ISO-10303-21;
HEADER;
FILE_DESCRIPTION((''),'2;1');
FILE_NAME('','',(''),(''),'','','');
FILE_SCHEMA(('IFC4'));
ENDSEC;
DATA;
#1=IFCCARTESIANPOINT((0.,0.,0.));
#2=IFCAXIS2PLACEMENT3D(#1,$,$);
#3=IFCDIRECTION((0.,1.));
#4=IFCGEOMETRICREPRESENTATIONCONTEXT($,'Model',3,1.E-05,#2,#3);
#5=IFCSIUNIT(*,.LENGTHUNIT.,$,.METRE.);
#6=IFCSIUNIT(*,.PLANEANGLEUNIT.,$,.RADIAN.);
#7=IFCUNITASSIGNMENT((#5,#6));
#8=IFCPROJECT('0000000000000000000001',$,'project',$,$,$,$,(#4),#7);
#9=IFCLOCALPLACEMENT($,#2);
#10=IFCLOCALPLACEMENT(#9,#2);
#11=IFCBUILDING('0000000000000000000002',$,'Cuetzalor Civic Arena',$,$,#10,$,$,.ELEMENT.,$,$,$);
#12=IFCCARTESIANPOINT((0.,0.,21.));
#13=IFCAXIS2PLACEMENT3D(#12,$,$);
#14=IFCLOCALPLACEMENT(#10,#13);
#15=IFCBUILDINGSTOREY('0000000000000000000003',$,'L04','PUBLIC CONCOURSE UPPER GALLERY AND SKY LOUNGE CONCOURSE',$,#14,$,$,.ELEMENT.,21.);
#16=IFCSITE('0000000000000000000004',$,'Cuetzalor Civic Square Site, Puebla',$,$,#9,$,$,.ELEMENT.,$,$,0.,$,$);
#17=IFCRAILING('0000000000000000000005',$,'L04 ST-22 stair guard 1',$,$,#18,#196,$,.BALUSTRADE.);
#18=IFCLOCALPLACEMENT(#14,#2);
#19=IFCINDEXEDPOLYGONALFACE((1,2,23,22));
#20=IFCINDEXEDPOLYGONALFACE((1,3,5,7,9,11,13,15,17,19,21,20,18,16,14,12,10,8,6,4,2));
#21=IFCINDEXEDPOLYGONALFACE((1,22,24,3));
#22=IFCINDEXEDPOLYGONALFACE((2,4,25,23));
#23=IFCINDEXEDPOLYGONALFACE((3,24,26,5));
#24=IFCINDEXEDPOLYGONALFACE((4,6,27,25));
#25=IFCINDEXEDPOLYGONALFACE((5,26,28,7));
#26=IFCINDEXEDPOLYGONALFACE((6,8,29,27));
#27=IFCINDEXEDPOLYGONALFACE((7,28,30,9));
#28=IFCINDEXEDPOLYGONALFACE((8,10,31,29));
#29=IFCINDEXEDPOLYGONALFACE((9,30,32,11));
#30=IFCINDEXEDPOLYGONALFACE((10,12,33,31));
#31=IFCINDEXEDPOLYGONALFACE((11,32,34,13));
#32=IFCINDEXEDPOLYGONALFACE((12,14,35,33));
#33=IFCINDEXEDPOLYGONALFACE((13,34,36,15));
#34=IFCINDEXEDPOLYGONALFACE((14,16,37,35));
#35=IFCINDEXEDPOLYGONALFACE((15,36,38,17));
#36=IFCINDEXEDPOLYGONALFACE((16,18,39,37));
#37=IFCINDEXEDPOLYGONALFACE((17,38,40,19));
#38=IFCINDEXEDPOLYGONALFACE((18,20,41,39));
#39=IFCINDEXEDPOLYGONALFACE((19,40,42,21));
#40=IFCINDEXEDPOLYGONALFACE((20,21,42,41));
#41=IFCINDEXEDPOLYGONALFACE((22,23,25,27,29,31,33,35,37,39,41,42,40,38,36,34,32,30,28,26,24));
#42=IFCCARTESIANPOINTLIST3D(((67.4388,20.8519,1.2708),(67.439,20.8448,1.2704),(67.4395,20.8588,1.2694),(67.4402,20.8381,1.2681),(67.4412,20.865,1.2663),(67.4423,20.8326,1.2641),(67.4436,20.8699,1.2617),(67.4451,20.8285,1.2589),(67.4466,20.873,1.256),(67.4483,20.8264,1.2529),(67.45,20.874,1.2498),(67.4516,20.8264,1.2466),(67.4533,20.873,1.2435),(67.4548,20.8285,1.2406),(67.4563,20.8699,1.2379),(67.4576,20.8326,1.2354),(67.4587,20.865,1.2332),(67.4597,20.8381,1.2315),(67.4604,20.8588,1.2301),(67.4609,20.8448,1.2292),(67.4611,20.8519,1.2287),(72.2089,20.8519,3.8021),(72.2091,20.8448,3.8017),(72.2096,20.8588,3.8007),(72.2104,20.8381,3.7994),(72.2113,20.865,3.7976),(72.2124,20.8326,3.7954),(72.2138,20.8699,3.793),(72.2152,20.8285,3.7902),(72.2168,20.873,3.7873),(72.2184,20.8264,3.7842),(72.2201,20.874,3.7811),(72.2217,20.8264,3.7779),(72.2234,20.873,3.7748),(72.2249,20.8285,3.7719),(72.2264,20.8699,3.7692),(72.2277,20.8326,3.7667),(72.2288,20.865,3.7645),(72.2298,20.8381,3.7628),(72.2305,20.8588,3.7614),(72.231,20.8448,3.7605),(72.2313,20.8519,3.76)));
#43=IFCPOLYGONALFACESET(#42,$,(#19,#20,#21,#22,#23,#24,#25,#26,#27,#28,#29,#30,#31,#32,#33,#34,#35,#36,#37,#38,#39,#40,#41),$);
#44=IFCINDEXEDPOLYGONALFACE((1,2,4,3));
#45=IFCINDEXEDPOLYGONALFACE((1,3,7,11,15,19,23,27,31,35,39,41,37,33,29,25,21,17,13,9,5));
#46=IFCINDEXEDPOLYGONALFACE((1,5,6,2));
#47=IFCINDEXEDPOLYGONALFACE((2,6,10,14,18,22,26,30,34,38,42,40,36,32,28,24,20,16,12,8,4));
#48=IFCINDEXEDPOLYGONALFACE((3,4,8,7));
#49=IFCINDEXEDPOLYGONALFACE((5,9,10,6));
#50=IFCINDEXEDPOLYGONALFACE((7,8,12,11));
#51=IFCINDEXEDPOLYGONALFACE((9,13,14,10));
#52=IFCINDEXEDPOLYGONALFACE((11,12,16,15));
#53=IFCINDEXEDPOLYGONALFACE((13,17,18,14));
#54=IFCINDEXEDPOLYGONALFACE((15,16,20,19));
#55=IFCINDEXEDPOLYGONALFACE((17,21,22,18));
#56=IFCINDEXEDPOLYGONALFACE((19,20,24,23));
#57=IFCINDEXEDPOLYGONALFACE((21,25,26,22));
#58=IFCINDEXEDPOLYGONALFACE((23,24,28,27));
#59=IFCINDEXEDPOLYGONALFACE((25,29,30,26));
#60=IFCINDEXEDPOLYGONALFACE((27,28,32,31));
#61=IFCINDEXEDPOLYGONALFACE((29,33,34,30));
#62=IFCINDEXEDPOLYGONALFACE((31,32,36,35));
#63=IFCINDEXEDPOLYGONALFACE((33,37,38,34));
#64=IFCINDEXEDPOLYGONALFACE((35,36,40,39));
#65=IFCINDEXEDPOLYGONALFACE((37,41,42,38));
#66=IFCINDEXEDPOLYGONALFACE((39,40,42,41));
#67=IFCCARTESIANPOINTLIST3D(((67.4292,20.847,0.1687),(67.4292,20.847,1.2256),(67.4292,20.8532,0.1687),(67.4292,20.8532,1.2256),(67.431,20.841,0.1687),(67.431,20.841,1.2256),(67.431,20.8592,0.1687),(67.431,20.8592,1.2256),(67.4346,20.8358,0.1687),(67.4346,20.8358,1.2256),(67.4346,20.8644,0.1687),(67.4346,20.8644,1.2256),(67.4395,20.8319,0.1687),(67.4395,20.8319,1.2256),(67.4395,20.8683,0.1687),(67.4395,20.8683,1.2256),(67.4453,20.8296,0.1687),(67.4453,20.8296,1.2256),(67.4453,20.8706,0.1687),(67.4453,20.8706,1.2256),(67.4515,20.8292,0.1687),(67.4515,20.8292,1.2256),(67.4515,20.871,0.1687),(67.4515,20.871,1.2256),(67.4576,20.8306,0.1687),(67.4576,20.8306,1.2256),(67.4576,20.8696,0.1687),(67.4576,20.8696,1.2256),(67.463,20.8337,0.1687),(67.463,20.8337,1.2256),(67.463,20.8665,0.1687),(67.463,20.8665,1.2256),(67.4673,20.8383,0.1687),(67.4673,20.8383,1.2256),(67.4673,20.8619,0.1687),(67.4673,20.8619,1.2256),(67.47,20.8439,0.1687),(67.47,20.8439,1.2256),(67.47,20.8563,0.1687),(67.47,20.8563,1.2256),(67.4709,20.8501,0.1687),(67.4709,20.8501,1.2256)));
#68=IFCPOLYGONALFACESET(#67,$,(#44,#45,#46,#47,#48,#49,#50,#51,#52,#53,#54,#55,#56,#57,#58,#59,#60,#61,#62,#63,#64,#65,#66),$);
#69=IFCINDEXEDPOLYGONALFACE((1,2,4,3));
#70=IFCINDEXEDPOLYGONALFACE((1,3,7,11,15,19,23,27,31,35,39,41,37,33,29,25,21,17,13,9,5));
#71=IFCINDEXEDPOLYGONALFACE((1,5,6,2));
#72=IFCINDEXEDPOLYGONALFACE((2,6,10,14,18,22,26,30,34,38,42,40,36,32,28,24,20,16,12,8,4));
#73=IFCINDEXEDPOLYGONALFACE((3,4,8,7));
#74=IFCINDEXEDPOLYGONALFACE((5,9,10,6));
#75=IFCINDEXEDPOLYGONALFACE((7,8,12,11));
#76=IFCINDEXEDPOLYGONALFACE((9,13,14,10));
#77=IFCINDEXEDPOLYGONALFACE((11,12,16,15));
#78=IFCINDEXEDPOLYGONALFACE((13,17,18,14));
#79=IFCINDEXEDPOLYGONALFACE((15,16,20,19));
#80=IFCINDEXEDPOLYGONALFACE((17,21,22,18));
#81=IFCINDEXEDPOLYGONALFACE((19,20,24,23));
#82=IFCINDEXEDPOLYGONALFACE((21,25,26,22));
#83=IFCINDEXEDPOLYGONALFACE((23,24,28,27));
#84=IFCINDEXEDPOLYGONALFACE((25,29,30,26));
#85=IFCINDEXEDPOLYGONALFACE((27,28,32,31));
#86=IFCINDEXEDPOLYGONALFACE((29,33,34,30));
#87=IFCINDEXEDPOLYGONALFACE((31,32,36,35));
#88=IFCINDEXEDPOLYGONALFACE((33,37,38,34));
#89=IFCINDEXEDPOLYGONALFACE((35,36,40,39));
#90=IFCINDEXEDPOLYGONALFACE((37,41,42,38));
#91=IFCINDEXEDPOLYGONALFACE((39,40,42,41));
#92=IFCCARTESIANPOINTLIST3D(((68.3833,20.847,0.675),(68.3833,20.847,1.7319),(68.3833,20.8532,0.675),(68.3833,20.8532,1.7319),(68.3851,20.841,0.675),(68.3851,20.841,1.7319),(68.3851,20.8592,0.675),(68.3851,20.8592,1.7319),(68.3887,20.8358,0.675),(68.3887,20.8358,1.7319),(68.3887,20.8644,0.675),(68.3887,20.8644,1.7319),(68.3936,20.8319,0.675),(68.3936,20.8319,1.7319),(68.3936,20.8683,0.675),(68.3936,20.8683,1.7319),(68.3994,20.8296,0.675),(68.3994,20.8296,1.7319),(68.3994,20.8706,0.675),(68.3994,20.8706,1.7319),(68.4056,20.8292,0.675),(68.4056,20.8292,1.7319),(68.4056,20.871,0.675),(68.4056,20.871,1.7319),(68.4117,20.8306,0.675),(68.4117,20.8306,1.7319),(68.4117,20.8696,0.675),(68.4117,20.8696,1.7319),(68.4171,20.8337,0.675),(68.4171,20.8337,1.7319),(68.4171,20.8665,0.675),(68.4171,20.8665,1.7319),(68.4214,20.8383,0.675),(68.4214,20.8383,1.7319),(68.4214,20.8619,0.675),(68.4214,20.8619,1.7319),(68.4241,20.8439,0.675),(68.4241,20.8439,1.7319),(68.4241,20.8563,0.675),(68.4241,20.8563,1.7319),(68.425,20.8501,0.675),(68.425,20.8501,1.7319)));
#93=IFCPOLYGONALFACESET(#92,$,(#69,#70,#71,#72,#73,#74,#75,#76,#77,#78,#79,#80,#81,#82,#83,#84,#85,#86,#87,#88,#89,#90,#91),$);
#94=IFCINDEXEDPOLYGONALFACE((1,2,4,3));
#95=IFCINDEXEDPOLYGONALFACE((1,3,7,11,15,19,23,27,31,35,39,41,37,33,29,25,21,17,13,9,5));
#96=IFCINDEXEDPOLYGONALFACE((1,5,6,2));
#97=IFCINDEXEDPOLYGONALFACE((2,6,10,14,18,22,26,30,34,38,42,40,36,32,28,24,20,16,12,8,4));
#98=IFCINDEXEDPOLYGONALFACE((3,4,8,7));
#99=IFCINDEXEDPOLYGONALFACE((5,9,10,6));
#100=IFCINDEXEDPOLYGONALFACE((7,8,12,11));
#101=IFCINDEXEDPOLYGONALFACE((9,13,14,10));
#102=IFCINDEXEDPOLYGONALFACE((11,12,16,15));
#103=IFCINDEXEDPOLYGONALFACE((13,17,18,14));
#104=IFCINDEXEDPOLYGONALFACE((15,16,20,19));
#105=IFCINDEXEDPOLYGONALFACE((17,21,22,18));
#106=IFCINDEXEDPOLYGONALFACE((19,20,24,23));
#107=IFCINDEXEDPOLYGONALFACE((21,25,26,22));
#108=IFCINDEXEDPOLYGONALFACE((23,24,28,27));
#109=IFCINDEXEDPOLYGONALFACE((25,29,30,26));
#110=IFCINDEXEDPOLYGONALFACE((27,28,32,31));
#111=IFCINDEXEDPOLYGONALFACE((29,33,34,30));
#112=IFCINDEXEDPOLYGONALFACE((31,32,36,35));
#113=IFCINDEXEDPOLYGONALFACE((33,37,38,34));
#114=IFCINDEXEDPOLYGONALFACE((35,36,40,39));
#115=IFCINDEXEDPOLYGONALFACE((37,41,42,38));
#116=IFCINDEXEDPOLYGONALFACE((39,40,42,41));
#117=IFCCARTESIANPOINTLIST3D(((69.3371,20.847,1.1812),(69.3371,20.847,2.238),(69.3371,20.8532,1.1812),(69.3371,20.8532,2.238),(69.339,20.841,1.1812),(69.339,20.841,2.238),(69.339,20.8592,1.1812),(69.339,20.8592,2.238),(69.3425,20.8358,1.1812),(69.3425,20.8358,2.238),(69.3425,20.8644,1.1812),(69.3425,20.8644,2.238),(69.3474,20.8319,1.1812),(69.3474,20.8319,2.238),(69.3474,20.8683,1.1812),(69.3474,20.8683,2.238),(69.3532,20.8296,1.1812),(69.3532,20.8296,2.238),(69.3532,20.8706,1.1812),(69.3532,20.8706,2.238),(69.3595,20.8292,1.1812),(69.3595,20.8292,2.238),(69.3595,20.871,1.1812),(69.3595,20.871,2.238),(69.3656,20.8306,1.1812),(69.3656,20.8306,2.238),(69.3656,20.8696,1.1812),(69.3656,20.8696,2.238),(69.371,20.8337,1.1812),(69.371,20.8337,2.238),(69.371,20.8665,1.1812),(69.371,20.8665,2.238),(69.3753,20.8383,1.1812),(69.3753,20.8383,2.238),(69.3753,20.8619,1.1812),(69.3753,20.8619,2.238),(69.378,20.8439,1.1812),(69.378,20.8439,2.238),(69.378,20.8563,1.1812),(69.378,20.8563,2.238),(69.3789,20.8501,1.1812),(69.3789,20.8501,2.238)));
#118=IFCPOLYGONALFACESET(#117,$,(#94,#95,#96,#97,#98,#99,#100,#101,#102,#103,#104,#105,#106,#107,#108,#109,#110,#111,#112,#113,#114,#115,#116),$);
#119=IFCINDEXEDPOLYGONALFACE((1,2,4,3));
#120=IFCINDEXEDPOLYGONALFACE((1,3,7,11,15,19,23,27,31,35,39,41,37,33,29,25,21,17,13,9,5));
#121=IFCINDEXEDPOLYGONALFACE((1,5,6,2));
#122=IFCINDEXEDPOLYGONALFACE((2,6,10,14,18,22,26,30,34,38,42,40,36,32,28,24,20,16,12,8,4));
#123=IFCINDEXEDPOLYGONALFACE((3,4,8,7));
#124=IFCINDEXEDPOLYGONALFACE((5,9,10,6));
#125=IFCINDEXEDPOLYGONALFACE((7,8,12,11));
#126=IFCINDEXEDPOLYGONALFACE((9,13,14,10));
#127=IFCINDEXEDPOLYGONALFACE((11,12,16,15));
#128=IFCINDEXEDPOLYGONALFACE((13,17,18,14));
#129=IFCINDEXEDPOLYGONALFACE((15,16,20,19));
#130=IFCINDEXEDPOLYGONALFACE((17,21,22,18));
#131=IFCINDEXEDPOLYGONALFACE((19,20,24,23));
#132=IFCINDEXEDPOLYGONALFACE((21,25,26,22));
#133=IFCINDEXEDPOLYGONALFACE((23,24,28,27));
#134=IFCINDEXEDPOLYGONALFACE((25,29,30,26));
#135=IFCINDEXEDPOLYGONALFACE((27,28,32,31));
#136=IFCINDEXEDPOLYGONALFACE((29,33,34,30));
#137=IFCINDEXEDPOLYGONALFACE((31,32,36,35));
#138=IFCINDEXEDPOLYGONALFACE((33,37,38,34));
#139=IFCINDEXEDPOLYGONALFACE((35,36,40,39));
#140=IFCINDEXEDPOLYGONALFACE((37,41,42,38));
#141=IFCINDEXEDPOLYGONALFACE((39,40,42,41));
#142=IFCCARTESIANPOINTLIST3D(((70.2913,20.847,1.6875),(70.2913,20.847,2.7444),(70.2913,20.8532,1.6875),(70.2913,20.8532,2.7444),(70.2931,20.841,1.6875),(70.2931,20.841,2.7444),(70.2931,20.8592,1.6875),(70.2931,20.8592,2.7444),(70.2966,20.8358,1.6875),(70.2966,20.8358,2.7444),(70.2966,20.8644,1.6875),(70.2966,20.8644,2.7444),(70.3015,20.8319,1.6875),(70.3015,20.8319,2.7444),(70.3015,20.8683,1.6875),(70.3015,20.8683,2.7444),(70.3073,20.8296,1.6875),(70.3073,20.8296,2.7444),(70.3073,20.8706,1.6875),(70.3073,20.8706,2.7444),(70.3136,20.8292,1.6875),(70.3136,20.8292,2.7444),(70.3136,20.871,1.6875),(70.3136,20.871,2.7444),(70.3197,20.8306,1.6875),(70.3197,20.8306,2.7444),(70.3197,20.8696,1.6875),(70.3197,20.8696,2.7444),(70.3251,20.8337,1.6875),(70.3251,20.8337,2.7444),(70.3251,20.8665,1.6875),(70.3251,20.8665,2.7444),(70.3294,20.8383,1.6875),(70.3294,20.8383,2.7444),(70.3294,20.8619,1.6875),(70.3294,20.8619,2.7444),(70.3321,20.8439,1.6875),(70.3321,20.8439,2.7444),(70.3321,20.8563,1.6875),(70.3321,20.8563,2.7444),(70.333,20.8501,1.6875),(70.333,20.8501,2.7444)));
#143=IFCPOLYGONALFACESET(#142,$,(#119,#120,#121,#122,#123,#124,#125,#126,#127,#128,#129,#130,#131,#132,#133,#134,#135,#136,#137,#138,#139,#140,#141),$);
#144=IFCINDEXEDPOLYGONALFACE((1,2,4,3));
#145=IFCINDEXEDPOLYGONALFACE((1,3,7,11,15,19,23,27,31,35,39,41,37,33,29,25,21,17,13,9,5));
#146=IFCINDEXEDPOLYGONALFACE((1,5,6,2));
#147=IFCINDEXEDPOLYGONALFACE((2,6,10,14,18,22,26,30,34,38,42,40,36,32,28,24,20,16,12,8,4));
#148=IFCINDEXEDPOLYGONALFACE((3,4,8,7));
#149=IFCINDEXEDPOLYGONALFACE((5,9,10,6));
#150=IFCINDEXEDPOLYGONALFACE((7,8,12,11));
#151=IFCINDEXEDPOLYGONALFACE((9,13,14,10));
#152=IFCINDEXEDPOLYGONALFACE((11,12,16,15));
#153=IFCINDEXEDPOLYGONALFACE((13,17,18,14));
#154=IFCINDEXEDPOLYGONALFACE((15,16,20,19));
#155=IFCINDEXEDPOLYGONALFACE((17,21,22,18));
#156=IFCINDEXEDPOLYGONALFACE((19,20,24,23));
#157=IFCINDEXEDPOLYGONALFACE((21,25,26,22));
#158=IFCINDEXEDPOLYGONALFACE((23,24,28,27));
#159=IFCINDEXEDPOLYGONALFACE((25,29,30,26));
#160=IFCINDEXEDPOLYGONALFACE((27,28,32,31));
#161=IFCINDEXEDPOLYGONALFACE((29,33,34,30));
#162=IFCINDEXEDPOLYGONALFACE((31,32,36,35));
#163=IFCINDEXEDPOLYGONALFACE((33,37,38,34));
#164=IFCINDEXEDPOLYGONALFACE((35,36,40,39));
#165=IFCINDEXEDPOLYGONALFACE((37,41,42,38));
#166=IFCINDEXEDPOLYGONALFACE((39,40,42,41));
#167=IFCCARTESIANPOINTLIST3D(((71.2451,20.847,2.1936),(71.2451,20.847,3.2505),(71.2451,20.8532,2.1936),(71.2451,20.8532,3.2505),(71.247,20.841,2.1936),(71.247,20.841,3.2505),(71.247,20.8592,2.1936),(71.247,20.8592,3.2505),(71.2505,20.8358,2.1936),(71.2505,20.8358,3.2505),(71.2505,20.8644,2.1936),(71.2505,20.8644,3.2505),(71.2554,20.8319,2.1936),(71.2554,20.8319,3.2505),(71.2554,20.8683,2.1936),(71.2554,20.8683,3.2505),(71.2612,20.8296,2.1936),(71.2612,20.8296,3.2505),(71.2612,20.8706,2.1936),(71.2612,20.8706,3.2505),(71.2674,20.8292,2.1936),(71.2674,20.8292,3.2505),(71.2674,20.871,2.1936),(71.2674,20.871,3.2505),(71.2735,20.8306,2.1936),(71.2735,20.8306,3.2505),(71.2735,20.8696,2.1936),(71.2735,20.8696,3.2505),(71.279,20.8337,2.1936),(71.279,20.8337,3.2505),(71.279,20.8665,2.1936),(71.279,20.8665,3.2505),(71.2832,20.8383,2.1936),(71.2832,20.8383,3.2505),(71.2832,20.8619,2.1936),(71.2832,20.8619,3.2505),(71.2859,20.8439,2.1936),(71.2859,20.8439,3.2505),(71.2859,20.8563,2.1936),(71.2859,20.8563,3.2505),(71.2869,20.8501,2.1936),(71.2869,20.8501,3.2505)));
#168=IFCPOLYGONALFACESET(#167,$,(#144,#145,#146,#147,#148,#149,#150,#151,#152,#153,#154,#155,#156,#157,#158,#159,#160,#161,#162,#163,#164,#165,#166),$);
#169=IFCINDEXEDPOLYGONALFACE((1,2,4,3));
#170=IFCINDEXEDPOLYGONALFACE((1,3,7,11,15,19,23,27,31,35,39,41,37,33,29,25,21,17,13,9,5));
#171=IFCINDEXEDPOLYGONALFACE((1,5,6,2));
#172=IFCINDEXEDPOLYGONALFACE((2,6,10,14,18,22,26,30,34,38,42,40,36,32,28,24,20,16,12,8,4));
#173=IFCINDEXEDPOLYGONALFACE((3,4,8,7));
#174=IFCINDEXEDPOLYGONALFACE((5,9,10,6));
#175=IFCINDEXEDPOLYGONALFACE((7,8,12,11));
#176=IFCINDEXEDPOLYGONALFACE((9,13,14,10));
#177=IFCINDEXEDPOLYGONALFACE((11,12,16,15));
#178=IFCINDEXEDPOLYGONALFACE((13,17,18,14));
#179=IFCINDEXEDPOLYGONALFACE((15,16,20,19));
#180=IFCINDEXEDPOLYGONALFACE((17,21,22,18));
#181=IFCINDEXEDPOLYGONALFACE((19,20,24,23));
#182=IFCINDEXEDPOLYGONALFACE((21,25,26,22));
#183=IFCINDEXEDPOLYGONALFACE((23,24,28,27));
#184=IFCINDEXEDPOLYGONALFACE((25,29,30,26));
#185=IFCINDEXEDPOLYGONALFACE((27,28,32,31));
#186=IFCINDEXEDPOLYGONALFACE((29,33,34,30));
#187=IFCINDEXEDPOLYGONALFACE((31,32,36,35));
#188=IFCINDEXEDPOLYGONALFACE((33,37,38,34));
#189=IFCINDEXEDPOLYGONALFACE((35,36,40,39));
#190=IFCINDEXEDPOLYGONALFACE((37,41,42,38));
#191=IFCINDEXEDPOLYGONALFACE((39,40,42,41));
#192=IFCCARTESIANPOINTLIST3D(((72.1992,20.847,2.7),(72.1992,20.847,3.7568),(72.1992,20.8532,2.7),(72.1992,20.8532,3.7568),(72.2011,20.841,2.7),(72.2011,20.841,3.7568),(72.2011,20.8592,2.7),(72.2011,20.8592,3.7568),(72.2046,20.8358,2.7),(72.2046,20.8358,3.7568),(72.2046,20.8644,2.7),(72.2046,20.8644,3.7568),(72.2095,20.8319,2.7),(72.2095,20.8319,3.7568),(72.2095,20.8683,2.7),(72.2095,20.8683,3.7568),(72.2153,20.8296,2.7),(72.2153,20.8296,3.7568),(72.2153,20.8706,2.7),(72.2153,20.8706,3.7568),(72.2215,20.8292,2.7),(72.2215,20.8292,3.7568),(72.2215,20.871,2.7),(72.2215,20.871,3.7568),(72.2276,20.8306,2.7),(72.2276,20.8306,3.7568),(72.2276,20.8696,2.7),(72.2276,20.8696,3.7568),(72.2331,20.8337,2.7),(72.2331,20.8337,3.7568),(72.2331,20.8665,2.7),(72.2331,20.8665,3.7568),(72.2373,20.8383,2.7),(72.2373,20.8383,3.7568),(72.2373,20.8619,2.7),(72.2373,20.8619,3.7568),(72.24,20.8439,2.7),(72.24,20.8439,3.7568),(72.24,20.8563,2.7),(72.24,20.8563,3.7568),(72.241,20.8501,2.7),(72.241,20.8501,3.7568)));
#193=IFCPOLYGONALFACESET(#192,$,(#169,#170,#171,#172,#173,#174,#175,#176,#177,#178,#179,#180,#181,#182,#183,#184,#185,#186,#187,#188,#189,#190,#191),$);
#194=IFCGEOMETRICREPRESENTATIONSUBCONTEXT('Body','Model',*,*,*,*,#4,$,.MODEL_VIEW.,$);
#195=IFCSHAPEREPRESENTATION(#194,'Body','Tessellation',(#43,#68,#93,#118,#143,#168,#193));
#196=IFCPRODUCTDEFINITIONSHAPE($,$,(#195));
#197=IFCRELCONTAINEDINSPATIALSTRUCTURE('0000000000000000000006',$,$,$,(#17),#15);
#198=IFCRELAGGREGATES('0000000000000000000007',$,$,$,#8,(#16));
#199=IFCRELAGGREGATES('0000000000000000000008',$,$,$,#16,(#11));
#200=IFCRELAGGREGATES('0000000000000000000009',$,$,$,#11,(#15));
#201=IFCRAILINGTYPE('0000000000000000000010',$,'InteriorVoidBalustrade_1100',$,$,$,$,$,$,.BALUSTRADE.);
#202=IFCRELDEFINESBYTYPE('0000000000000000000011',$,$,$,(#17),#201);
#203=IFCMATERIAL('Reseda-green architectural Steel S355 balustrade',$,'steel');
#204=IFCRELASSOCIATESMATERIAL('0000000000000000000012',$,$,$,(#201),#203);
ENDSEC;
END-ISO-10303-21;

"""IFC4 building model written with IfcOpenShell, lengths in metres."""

from ifc_helpers import new_model, si_unit, direction, frame, origin, origin_2d, place, context, subcontext, project, spatial, circle, extrude, material, type_object, element, save


model = new_model("IFC4")

# Units and contexts
model_context = context("Model", 3, precision=1e-05, world=origin(), true_north=direction((0.0, 1.0)))
body_context = subcontext(model_context, "Body", "Model", "MODEL_VIEW")
ifc_project = project(units=[si_unit("LENGTHUNIT", "METRE"), si_unit("PLANEANGLEUNIT", "RADIAN")], contexts=[model_context])

# Site, building, storey
site_placement = place(None, origin())
site = spatial("IfcSite", under=ifc_project, at=site_placement, Name="Cuetzalor Civic Square Site, Puebla", CompositionType="ELEMENT", RefElevation=0.0)
building_placement = place(site_placement, origin())
building = spatial("IfcBuilding", under=site, at=building_placement, Name="Cuetzalor Civic Arena", CompositionType="ELEMENT")
storey_placement = place(building_placement, frame((0.0, 0.0, 21.0)))
storey = spatial("IfcBuildingStorey", under=building, at=storey_placement, Name="L04", Description="PUBLIC CONCOURSE UPPER GALLERY AND SKY LOUNGE CONCOURSE", CompositionType="ELEMENT", Elevation=21.0)

# Railing
ifc_material_1 = material(Name="Reseda-green architectural Steel S355 balustrade", Category="steel")
railing_type_1 = type_object("IfcRailingType", Name="InteriorVoidBalustrade_1100", PredefinedType="BALUSTRADE", material=ifc_material_1)
railing_1_placement = place(storey_placement, frame((67.45, 20.8501, 0.1687)))
element("IfcRailing", 1, at=railing_1_placement, inside=storey, type_object=railing_type_1, Name="L04 ST-22 stair guard 1", PredefinedType="BALUSTRADE", context=body_context, shape_type="SweptSolid", body=[
    extrude(circle(Radius=0.0239, at=origin_2d()), frame((0.0, 0.0, 1.0811), z_axis=(0.883332, 0.0, 0.468747), x_axis=(0.0, 1.0, 0.0)), (0.0, 0.0, 1.0), 5.4001),
    extrude(circle(Radius=0.021, at=origin_2d()), origin(), (0.0, 0.0, 1.0), 1.0569),
    extrude(circle(Radius=0.021, at=origin_2d()), frame((0.9541, 0.0, 0.5063)), (0.0, 0.0, 1.0), 1.0569),
    extrude(circle(Radius=0.021, at=origin_2d()), frame((1.908, 0.0, 1.0125)), (0.0, 0.0, 1.0), 1.0569),
    extrude(circle(Radius=0.021, at=origin_2d()), frame((2.8621, 0.0, 1.5188)), (0.0, 0.0, 1.0), 1.0569),
    extrude(circle(Radius=0.021, at=origin_2d()), frame((3.8159, 0.0, 2.0249)), (0.0, 0.0, 1.0), 1.0569),
    extrude(circle(Radius=0.021, at=origin_2d()), frame((4.77, 0.0, 2.5312)), (0.0, 0.0, 1.0), 1.0569),
])

save(model, "model.ifc")
